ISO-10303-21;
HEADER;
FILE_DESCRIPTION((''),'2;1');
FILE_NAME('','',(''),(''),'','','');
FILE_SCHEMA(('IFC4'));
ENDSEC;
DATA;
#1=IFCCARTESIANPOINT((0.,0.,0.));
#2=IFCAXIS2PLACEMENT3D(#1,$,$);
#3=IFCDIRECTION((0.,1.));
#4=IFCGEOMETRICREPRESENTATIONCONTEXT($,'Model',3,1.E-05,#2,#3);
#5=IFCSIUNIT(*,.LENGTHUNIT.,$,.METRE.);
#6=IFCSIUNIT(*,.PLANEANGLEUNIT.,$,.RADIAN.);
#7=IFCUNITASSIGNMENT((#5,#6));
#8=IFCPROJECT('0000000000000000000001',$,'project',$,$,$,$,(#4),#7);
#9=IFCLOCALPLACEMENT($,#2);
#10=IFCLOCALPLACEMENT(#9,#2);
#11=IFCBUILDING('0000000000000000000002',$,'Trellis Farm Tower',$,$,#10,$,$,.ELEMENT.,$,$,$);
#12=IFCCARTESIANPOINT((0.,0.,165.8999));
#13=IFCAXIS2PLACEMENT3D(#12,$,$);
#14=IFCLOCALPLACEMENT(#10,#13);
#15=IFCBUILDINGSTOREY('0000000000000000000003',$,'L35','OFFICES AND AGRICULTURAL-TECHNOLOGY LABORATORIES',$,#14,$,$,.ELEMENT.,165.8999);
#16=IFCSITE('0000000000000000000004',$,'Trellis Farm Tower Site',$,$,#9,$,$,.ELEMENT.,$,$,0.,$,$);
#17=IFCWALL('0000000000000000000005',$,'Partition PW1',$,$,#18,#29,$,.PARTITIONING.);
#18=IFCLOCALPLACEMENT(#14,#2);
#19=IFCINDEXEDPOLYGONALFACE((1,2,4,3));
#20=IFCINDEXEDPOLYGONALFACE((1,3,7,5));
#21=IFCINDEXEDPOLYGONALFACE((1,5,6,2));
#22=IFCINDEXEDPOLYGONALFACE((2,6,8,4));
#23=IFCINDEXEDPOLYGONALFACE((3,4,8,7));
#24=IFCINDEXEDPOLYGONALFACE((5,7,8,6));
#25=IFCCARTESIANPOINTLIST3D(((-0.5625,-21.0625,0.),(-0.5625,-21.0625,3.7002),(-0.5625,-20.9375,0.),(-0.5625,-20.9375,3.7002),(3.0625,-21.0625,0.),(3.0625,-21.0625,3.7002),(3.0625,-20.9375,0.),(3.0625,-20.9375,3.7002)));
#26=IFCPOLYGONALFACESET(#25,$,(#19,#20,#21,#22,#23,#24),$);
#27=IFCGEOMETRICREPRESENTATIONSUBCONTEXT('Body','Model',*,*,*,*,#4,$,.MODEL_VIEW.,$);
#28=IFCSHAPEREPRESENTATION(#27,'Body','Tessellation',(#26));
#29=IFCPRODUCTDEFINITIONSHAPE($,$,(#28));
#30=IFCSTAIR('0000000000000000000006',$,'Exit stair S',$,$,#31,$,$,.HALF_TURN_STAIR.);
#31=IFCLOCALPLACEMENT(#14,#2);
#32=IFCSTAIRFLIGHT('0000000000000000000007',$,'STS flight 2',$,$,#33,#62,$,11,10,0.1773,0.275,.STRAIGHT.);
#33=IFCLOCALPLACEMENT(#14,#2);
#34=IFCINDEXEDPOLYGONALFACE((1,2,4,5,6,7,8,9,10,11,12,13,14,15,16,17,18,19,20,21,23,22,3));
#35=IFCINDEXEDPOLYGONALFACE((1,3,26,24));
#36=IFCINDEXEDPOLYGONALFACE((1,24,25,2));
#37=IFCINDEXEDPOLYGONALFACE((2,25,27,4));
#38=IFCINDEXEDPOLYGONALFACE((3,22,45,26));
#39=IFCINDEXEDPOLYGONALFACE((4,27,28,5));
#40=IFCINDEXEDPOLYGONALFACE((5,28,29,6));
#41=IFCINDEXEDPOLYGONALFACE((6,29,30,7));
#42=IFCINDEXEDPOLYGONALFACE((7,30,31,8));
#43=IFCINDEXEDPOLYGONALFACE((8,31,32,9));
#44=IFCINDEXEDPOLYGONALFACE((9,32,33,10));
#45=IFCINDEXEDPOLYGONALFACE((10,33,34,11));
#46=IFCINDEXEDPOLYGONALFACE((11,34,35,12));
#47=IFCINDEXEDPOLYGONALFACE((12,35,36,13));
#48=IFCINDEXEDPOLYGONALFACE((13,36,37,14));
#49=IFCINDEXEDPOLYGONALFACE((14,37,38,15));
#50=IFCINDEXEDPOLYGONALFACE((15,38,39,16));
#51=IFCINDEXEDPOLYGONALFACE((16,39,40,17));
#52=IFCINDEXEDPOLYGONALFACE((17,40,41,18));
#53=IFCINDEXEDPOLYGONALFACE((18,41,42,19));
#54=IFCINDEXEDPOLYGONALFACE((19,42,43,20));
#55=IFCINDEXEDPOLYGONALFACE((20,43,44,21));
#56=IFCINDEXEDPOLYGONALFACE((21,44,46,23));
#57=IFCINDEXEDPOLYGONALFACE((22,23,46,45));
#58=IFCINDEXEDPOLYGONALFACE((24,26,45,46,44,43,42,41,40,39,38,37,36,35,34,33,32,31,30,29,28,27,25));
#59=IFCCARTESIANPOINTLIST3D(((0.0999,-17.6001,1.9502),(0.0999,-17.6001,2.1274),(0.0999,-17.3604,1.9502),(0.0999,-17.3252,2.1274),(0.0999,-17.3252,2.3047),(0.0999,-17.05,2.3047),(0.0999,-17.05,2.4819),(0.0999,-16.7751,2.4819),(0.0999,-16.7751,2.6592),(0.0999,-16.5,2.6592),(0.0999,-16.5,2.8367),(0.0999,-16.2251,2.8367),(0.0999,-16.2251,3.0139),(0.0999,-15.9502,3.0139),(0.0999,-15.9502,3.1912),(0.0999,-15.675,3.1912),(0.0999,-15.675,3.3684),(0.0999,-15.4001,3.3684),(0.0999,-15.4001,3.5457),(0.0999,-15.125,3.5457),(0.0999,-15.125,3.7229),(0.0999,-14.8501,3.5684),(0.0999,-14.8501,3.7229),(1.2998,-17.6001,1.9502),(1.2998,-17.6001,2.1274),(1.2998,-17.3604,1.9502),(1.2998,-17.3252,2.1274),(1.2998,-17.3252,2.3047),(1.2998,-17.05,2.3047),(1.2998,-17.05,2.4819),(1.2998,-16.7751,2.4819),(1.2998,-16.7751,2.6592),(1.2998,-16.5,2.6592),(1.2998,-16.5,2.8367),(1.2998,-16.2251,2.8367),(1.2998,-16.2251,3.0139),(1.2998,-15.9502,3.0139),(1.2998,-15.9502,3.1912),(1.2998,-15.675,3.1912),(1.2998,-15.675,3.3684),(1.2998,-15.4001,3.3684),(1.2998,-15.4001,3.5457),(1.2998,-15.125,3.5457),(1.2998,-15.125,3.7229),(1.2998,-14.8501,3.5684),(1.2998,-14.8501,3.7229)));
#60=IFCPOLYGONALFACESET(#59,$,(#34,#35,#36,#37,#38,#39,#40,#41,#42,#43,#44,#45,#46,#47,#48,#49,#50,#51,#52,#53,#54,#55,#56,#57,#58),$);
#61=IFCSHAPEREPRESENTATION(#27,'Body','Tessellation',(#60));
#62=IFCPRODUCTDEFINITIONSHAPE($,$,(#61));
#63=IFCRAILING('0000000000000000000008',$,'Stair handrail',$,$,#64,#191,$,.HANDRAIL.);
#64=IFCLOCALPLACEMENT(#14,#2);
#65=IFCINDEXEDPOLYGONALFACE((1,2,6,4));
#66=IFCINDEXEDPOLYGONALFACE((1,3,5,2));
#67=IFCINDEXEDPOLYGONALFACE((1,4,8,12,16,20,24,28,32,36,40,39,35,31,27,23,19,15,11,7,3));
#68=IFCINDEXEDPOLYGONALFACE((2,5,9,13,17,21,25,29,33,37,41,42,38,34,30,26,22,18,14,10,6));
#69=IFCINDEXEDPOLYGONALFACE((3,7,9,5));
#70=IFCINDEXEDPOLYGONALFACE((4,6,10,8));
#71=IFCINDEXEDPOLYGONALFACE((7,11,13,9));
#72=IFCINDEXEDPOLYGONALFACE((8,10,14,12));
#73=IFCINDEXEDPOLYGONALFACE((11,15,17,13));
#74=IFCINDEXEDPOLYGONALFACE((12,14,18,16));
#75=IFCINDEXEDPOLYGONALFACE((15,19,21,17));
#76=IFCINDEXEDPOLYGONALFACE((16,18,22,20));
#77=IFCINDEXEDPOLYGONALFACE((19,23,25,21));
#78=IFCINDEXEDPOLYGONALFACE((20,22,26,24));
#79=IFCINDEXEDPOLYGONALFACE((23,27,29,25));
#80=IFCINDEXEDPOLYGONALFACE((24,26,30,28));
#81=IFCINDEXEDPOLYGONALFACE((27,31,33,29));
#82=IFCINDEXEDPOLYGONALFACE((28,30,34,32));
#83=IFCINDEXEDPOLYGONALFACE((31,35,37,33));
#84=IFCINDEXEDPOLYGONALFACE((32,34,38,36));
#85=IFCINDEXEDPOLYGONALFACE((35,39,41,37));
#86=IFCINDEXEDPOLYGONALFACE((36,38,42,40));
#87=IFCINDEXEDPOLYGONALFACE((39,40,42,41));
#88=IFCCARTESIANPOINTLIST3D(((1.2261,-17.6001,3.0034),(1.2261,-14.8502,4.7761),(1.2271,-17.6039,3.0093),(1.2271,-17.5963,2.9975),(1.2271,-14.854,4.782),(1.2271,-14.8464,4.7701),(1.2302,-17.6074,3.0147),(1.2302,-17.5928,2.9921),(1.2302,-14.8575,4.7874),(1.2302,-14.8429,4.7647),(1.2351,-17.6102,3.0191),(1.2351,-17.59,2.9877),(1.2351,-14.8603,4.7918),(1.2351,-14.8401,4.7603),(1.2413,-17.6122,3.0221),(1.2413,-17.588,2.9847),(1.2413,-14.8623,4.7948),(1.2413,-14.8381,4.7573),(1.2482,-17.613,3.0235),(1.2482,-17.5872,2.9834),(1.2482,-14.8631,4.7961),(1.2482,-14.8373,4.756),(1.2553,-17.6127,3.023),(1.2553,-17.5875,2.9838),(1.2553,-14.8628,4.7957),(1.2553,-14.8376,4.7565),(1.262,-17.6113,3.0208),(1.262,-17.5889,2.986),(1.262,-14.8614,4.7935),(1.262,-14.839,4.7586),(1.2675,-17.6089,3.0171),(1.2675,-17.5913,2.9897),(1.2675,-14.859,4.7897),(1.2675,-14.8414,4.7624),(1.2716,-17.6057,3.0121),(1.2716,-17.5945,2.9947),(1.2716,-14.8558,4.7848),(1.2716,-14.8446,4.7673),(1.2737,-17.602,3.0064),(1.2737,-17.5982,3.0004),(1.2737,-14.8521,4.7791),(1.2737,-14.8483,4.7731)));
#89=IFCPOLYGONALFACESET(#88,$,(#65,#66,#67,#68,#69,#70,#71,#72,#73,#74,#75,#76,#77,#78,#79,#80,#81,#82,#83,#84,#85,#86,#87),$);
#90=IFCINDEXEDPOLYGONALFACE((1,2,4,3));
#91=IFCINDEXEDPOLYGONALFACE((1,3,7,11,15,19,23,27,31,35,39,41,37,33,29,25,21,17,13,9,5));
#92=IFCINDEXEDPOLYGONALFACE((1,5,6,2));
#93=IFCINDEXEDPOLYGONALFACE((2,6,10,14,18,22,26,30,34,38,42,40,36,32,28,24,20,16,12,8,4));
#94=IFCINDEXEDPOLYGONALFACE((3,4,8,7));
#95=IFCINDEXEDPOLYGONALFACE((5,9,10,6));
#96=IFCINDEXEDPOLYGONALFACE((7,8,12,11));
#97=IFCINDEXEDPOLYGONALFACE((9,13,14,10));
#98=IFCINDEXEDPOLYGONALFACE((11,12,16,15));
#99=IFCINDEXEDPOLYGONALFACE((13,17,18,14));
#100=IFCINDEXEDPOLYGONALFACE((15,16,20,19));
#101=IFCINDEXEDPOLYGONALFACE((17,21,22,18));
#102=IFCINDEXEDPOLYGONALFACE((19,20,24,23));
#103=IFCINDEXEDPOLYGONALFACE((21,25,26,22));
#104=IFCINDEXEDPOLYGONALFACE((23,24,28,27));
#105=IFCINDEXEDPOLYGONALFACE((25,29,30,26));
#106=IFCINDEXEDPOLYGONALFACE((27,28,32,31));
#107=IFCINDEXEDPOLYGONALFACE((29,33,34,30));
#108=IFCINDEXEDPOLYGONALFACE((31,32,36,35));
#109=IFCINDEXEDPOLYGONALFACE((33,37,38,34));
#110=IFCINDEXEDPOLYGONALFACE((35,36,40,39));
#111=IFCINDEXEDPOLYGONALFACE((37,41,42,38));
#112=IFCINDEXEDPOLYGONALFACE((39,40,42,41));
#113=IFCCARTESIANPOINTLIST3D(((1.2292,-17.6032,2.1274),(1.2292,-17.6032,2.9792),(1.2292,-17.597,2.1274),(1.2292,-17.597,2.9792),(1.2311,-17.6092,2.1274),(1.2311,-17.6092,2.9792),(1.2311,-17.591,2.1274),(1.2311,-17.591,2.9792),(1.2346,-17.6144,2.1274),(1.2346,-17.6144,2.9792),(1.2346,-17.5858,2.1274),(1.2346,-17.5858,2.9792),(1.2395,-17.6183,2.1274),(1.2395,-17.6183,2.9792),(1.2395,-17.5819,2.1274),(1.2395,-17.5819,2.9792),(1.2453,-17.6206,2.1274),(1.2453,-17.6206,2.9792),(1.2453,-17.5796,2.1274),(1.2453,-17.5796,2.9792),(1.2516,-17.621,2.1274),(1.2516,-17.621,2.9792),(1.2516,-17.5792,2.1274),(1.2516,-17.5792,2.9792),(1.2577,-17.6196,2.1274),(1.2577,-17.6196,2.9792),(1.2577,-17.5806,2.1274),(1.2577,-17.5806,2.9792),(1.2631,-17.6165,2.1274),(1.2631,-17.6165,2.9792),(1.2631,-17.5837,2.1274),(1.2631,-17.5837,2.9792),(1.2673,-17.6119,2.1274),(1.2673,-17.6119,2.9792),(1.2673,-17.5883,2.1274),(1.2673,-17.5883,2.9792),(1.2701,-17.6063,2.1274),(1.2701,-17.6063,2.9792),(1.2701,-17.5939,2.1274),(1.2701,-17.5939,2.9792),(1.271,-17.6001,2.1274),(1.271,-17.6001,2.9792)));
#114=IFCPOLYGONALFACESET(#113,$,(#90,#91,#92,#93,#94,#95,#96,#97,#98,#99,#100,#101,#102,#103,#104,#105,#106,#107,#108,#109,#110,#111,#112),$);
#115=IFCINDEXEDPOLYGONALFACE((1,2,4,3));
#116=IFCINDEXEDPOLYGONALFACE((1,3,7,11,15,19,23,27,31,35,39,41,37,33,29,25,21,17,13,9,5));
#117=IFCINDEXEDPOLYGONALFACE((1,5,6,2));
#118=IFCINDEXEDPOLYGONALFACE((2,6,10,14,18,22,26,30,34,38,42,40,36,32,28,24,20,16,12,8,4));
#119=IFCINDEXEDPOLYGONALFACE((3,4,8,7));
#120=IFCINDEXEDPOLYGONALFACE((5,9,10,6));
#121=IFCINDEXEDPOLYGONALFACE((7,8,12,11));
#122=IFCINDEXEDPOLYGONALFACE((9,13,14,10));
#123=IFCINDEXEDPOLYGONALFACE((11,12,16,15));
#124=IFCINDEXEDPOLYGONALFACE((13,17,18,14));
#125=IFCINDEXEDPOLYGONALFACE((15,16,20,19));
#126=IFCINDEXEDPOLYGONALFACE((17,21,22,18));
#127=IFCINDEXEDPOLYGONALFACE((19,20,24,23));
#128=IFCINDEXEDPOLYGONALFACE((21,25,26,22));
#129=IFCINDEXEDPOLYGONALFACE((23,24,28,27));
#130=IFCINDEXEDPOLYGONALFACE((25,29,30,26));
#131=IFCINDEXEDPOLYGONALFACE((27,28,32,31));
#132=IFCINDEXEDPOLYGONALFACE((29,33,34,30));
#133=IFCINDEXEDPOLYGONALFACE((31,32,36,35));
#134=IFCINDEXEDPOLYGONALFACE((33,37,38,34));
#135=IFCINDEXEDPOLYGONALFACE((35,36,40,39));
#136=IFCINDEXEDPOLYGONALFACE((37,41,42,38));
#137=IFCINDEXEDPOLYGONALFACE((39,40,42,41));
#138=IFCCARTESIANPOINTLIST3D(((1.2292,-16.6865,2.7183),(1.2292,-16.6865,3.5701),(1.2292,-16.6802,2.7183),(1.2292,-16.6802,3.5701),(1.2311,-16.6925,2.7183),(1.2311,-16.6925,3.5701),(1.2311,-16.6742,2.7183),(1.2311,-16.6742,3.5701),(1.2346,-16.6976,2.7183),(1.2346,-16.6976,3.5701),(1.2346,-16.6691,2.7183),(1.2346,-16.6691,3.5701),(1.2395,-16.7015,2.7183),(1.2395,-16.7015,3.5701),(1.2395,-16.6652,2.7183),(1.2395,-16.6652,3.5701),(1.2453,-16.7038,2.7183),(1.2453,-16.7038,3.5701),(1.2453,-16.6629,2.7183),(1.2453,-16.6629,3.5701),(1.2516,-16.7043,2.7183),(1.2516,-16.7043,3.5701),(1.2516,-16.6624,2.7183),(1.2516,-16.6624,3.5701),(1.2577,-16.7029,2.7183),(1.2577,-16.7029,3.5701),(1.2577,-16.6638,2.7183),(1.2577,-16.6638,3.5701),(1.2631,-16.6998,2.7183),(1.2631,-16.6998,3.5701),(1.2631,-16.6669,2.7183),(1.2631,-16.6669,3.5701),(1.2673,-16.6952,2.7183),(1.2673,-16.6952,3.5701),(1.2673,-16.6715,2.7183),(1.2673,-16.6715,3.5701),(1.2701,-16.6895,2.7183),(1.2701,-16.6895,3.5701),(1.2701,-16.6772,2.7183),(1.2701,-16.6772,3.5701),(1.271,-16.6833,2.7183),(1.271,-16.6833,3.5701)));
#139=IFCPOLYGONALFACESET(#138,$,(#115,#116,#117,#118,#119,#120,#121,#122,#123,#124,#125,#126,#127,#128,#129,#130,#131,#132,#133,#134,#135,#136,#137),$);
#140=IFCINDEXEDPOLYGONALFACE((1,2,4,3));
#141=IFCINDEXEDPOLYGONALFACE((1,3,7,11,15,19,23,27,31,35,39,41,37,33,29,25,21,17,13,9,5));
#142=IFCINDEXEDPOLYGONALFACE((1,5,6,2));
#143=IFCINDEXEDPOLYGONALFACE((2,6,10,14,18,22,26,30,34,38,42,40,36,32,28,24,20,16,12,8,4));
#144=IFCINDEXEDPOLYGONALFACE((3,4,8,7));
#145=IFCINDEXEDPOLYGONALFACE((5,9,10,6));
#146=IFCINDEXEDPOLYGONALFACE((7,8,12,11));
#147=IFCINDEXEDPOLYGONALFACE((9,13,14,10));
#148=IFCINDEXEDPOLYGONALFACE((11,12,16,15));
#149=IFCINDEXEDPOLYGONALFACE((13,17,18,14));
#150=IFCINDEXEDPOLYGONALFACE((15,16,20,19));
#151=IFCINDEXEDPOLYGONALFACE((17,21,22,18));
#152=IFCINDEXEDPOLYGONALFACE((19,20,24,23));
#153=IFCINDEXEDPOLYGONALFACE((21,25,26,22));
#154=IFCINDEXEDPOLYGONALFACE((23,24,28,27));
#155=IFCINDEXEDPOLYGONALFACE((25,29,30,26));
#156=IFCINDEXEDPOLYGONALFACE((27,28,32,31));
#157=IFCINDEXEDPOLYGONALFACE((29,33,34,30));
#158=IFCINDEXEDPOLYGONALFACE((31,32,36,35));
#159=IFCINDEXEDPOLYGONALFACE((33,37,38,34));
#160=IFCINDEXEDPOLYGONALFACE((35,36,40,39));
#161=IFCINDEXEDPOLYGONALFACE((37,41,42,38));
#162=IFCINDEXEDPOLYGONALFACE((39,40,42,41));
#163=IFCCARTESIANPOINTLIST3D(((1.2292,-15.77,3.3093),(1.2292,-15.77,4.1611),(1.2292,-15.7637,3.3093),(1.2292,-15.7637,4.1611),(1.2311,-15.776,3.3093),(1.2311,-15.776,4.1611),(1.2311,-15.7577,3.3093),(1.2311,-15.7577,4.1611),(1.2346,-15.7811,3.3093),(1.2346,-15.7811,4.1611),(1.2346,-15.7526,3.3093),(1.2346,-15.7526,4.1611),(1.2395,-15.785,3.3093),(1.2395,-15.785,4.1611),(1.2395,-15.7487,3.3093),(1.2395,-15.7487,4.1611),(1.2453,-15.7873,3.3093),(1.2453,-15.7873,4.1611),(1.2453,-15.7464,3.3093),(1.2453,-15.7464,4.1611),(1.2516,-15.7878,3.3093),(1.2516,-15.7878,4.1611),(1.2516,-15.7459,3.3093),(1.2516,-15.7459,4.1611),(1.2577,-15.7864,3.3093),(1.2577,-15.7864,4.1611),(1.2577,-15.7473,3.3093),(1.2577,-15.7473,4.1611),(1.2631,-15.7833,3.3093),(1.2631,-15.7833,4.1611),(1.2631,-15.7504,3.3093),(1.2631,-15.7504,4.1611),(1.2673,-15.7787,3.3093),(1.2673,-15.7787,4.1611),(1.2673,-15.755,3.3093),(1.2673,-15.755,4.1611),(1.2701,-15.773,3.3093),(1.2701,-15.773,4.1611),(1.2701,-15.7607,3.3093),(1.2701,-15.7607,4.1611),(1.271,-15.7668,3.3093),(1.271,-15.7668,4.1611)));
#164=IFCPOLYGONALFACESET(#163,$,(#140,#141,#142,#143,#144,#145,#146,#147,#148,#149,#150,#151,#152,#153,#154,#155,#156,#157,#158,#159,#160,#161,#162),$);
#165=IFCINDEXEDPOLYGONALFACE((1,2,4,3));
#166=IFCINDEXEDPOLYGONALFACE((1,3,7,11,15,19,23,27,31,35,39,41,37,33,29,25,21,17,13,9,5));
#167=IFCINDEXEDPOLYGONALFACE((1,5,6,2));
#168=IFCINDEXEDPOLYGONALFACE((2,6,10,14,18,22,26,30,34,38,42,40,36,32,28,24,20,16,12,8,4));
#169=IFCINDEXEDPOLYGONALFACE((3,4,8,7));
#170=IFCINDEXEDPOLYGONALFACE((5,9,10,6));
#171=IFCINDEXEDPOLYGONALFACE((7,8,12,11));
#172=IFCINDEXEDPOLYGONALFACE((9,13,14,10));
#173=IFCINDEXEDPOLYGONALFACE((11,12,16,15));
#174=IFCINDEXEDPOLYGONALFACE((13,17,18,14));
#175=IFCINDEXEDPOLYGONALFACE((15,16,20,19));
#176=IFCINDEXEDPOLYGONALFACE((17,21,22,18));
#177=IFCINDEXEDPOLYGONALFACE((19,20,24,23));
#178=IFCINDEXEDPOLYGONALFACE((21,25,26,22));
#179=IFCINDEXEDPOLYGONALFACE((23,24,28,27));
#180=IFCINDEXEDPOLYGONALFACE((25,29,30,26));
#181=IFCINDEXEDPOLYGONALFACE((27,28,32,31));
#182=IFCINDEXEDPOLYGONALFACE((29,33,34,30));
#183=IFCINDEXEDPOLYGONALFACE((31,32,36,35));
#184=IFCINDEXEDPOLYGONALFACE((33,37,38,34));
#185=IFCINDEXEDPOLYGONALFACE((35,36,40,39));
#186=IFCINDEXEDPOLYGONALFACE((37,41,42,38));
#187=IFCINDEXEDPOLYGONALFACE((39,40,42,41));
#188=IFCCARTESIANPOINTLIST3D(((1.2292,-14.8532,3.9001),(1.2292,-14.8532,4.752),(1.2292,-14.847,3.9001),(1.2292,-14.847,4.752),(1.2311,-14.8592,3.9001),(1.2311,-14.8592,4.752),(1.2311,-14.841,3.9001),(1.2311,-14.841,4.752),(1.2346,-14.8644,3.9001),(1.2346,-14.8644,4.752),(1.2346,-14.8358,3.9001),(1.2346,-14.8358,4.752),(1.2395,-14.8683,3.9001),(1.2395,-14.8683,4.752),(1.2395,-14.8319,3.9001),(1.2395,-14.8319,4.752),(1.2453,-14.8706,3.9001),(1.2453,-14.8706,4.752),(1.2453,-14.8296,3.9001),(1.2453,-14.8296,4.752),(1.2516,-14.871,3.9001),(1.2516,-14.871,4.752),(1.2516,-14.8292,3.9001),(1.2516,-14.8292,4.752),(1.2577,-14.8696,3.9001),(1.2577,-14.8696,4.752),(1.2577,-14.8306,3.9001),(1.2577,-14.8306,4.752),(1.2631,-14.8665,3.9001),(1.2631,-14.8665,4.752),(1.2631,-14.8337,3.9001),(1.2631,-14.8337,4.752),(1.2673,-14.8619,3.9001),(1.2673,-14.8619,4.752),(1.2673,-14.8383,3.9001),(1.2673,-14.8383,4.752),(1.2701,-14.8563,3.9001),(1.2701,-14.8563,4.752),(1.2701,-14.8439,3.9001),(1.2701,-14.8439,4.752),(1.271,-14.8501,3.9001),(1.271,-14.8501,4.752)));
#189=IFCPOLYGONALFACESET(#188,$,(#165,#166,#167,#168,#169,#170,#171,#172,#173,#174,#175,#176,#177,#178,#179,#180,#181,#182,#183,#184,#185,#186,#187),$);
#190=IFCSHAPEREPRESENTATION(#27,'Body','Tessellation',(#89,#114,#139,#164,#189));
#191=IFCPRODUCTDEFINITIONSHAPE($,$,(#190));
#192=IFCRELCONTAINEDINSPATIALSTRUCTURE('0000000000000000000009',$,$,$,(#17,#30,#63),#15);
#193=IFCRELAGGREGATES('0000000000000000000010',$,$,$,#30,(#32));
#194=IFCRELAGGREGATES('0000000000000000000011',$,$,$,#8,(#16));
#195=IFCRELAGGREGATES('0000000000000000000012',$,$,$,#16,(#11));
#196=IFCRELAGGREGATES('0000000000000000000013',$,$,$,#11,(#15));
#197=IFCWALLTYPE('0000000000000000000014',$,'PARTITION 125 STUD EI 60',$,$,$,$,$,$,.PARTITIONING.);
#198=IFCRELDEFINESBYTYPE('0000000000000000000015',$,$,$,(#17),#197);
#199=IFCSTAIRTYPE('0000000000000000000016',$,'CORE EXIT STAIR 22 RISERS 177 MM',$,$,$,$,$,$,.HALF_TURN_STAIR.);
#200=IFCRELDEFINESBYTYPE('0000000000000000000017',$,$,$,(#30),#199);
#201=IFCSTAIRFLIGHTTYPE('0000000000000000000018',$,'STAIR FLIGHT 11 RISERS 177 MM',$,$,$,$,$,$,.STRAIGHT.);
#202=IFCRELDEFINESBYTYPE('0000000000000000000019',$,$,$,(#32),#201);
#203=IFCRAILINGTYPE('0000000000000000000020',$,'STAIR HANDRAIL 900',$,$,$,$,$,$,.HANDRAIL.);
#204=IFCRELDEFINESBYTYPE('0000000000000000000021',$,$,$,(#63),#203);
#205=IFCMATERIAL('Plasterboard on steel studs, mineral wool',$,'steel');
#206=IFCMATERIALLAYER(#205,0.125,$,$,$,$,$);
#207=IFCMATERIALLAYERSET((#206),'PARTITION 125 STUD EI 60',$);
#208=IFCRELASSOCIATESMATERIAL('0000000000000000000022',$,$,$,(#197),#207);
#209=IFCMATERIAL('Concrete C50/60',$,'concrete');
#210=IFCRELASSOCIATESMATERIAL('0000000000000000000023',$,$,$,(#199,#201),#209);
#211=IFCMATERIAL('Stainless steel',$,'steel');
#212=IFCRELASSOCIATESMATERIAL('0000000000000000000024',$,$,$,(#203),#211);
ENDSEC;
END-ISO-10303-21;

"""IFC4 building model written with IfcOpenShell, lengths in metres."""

from ifc_helpers import new_model, si_unit, direction, frame, frame_2d, origin, origin_2d, place, context, subcontext, project, spatial, polyline, rectangle, circle, outline, extrude, source, transform, mapped, material, layer, layer_set, type_object, element, aggregate, save


model = new_model("IFC4")

# Units and contexts
model_context = context("Model", 3, precision=1e-05, world=origin(), true_north=direction((0.0, 1.0)))
body_context = subcontext(model_context, "Body", "Model", "MODEL_VIEW")
ifc_project = project(units=[si_unit("LENGTHUNIT", "METRE"), si_unit("PLANEANGLEUNIT", "RADIAN")], contexts=[model_context])

# Site, building, storey
site_placement = place(None, origin())
site = spatial("IfcSite", under=ifc_project, at=site_placement, Name="Trellis Farm Tower Site", CompositionType="ELEMENT", RefElevation=0.0)
building_placement = place(site_placement, origin())
building = spatial("IfcBuilding", under=site, at=building_placement, Name="Trellis Farm Tower", CompositionType="ELEMENT")
storey_placement = place(building_placement, frame((0.0, 0.0, 165.8999)))
storey = spatial("IfcBuildingStorey", under=building, at=storey_placement, Name="L35", Description="OFFICES AND AGRICULTURAL-TECHNOLOGY LABORATORIES", CompositionType="ELEMENT", Elevation=165.8999)

# Shared definitions
placement_1 = place(storey_placement, origin())

# Shared definitions
ifc_material_1 = material(Name="Plasterboard on steel studs, mineral wool", Category="steel")
ifc_layer_1 = layer(ifc_material_1, 0.125)
ifc_layer_set_1 = layer_set([ifc_layer_1], Name="PARTITION 125 STUD EI 60")
wall_type_1 = type_object("IfcWallType", Name="PARTITION 125 STUD EI 60", PredefinedType="PARTITIONING", material=ifc_layer_set_1)

# Wall
shared_shape_1 = source(origin(), body_context, "Body", "SweptSolid", [
    extrude(rectangle(XDim=3.625, YDim=0.125, at=frame_2d((1.8125, 0.0))), origin(), (0.0, 0.0, 1.0), 3.7002),
])
wall_1_placement = place(storey_placement, frame((3.0625, -21.0, 0.0), z_axis=(0.0, 0.0, 1.0), x_axis=(-1.0, 0.0, 0.0)))
element("IfcWall", 1, at=wall_1_placement, inside=storey, type_object=wall_type_1, Name="Partition PW1", PredefinedType="PARTITIONING", context=body_context, shape_type="MappedRepresentation", body=[
    mapped(shared_shape_1, transform((0.0, 0.0, 0.0))),
])

# Stair, stair flight
ifc_material_2 = material(Name="Concrete C50/60", Category="concrete")
stair_type = type_object("IfcStairType", Name="CORE EXIT STAIR 22 RISERS 177 MM", PredefinedType="HALF_TURN_STAIR", material=ifc_material_2)
stair = element("IfcStair", 2, at=placement_1, inside=storey, type_object=stair_type, Name="Exit stair S", PredefinedType="HALF_TURN_STAIR")
stair_flight_type = type_object("IfcStairFlightType", Name="STAIR FLIGHT 11 RISERS 177 MM", PredefinedType="STRAIGHT", material=ifc_material_2)
shared_shape_2 = source(origin(), body_context, "Body", "SweptSolid", [
    extrude(outline(polyline([(0.0, 0.0), (0.0, 0.1772), (0.2749, 0.1772), (0.2749, 0.3545), (0.55, 0.3545), (0.55, 0.5317), (0.825, 0.5317), (0.825, 0.709), (1.1001, 0.709), (1.1001, 0.8865), (1.375, 0.8865), (1.375, 1.0637), (1.6499, 1.0637), (1.6499, 1.241), (1.925, 1.241), (1.925, 1.4182), (2.2, 1.4182), (2.2, 1.5955), (2.4751, 1.5955), (2.4751, 1.7727), (2.75, 1.7727), (2.75, 1.95), (2.75, 1.6182), (0.2397, 0.0), (0.0, 0.0)])), frame((0.0, 0.6001, 0.0), z_axis=(0.0, -1.0, 0.0), x_axis=(1.0, 0.0, 0.0)), (0.0, 0.0, 1.0), 1.2),
])
stair_flight_placement = place(storey_placement, frame((0.7, -17.6001, 1.9502), z_axis=(0.0, 0.0, 1.0), x_axis=(0.0, 1.0, 0.0)))
stair_flight = element("IfcStairFlight", 3, at=stair_flight_placement, type_object=stair_flight_type, Name="STS flight 2", NumberOfRisers=11, NumberOfTreads=10, PredefinedType="STRAIGHT", RiserHeight=0.1773, TreadLength=0.275, context=body_context, shape_type="MappedRepresentation", body=[
    mapped(shared_shape_2, transform((0.0, 0.0, 0.0))),
])
aggregate(stair, [stair_flight])

# Railing
ifc_material_3 = material(Name="Stainless steel", Category="steel")
railing_type = type_object("IfcRailingType", Name="STAIR HANDRAIL 900", PredefinedType="HANDRAIL", material=ifc_material_3)
shared_shape_3 = source(origin(), body_context, "Body", "SweptSolid", [
    extrude(circle(Radius=0.0239, at=origin_2d()), frame((0.0, 0.0, 0.876), z_axis=(0.0, 0.840504, 0.541806), x_axis=(-1.0, 0.0, 0.0)), (0.0, 0.0, 1.0), 3.2717),
    extrude(circle(Radius=0.021, at=origin_2d()), origin(), (0.0, 0.0, 1.0), 0.8518),
    extrude(circle(Radius=0.021, at=origin_2d()), frame((0.0, 0.9167, 0.5908)), (0.0, 0.0, 1.0), 0.8518),
    extrude(circle(Radius=0.021, at=origin_2d()), frame((0.0, 1.8333, 1.1819)), (0.0, 0.0, 1.0), 0.8518),
    extrude(circle(Radius=0.021, at=origin_2d()), frame((0.0, 2.75, 1.7727)), (0.0, 0.0, 1.0), 0.8518),
])
railing_placement = place(storey_placement, frame((1.25, -17.6001, 2.1274)))
element("IfcRailing", 4, at=railing_placement, inside=storey, type_object=railing_type, Name="Stair handrail", PredefinedType="HANDRAIL", context=body_context, shape_type="MappedRepresentation", body=[
    mapped(shared_shape_3, transform((0.0, 0.0, 0.0))),
])

save(model, "model.ifc")
